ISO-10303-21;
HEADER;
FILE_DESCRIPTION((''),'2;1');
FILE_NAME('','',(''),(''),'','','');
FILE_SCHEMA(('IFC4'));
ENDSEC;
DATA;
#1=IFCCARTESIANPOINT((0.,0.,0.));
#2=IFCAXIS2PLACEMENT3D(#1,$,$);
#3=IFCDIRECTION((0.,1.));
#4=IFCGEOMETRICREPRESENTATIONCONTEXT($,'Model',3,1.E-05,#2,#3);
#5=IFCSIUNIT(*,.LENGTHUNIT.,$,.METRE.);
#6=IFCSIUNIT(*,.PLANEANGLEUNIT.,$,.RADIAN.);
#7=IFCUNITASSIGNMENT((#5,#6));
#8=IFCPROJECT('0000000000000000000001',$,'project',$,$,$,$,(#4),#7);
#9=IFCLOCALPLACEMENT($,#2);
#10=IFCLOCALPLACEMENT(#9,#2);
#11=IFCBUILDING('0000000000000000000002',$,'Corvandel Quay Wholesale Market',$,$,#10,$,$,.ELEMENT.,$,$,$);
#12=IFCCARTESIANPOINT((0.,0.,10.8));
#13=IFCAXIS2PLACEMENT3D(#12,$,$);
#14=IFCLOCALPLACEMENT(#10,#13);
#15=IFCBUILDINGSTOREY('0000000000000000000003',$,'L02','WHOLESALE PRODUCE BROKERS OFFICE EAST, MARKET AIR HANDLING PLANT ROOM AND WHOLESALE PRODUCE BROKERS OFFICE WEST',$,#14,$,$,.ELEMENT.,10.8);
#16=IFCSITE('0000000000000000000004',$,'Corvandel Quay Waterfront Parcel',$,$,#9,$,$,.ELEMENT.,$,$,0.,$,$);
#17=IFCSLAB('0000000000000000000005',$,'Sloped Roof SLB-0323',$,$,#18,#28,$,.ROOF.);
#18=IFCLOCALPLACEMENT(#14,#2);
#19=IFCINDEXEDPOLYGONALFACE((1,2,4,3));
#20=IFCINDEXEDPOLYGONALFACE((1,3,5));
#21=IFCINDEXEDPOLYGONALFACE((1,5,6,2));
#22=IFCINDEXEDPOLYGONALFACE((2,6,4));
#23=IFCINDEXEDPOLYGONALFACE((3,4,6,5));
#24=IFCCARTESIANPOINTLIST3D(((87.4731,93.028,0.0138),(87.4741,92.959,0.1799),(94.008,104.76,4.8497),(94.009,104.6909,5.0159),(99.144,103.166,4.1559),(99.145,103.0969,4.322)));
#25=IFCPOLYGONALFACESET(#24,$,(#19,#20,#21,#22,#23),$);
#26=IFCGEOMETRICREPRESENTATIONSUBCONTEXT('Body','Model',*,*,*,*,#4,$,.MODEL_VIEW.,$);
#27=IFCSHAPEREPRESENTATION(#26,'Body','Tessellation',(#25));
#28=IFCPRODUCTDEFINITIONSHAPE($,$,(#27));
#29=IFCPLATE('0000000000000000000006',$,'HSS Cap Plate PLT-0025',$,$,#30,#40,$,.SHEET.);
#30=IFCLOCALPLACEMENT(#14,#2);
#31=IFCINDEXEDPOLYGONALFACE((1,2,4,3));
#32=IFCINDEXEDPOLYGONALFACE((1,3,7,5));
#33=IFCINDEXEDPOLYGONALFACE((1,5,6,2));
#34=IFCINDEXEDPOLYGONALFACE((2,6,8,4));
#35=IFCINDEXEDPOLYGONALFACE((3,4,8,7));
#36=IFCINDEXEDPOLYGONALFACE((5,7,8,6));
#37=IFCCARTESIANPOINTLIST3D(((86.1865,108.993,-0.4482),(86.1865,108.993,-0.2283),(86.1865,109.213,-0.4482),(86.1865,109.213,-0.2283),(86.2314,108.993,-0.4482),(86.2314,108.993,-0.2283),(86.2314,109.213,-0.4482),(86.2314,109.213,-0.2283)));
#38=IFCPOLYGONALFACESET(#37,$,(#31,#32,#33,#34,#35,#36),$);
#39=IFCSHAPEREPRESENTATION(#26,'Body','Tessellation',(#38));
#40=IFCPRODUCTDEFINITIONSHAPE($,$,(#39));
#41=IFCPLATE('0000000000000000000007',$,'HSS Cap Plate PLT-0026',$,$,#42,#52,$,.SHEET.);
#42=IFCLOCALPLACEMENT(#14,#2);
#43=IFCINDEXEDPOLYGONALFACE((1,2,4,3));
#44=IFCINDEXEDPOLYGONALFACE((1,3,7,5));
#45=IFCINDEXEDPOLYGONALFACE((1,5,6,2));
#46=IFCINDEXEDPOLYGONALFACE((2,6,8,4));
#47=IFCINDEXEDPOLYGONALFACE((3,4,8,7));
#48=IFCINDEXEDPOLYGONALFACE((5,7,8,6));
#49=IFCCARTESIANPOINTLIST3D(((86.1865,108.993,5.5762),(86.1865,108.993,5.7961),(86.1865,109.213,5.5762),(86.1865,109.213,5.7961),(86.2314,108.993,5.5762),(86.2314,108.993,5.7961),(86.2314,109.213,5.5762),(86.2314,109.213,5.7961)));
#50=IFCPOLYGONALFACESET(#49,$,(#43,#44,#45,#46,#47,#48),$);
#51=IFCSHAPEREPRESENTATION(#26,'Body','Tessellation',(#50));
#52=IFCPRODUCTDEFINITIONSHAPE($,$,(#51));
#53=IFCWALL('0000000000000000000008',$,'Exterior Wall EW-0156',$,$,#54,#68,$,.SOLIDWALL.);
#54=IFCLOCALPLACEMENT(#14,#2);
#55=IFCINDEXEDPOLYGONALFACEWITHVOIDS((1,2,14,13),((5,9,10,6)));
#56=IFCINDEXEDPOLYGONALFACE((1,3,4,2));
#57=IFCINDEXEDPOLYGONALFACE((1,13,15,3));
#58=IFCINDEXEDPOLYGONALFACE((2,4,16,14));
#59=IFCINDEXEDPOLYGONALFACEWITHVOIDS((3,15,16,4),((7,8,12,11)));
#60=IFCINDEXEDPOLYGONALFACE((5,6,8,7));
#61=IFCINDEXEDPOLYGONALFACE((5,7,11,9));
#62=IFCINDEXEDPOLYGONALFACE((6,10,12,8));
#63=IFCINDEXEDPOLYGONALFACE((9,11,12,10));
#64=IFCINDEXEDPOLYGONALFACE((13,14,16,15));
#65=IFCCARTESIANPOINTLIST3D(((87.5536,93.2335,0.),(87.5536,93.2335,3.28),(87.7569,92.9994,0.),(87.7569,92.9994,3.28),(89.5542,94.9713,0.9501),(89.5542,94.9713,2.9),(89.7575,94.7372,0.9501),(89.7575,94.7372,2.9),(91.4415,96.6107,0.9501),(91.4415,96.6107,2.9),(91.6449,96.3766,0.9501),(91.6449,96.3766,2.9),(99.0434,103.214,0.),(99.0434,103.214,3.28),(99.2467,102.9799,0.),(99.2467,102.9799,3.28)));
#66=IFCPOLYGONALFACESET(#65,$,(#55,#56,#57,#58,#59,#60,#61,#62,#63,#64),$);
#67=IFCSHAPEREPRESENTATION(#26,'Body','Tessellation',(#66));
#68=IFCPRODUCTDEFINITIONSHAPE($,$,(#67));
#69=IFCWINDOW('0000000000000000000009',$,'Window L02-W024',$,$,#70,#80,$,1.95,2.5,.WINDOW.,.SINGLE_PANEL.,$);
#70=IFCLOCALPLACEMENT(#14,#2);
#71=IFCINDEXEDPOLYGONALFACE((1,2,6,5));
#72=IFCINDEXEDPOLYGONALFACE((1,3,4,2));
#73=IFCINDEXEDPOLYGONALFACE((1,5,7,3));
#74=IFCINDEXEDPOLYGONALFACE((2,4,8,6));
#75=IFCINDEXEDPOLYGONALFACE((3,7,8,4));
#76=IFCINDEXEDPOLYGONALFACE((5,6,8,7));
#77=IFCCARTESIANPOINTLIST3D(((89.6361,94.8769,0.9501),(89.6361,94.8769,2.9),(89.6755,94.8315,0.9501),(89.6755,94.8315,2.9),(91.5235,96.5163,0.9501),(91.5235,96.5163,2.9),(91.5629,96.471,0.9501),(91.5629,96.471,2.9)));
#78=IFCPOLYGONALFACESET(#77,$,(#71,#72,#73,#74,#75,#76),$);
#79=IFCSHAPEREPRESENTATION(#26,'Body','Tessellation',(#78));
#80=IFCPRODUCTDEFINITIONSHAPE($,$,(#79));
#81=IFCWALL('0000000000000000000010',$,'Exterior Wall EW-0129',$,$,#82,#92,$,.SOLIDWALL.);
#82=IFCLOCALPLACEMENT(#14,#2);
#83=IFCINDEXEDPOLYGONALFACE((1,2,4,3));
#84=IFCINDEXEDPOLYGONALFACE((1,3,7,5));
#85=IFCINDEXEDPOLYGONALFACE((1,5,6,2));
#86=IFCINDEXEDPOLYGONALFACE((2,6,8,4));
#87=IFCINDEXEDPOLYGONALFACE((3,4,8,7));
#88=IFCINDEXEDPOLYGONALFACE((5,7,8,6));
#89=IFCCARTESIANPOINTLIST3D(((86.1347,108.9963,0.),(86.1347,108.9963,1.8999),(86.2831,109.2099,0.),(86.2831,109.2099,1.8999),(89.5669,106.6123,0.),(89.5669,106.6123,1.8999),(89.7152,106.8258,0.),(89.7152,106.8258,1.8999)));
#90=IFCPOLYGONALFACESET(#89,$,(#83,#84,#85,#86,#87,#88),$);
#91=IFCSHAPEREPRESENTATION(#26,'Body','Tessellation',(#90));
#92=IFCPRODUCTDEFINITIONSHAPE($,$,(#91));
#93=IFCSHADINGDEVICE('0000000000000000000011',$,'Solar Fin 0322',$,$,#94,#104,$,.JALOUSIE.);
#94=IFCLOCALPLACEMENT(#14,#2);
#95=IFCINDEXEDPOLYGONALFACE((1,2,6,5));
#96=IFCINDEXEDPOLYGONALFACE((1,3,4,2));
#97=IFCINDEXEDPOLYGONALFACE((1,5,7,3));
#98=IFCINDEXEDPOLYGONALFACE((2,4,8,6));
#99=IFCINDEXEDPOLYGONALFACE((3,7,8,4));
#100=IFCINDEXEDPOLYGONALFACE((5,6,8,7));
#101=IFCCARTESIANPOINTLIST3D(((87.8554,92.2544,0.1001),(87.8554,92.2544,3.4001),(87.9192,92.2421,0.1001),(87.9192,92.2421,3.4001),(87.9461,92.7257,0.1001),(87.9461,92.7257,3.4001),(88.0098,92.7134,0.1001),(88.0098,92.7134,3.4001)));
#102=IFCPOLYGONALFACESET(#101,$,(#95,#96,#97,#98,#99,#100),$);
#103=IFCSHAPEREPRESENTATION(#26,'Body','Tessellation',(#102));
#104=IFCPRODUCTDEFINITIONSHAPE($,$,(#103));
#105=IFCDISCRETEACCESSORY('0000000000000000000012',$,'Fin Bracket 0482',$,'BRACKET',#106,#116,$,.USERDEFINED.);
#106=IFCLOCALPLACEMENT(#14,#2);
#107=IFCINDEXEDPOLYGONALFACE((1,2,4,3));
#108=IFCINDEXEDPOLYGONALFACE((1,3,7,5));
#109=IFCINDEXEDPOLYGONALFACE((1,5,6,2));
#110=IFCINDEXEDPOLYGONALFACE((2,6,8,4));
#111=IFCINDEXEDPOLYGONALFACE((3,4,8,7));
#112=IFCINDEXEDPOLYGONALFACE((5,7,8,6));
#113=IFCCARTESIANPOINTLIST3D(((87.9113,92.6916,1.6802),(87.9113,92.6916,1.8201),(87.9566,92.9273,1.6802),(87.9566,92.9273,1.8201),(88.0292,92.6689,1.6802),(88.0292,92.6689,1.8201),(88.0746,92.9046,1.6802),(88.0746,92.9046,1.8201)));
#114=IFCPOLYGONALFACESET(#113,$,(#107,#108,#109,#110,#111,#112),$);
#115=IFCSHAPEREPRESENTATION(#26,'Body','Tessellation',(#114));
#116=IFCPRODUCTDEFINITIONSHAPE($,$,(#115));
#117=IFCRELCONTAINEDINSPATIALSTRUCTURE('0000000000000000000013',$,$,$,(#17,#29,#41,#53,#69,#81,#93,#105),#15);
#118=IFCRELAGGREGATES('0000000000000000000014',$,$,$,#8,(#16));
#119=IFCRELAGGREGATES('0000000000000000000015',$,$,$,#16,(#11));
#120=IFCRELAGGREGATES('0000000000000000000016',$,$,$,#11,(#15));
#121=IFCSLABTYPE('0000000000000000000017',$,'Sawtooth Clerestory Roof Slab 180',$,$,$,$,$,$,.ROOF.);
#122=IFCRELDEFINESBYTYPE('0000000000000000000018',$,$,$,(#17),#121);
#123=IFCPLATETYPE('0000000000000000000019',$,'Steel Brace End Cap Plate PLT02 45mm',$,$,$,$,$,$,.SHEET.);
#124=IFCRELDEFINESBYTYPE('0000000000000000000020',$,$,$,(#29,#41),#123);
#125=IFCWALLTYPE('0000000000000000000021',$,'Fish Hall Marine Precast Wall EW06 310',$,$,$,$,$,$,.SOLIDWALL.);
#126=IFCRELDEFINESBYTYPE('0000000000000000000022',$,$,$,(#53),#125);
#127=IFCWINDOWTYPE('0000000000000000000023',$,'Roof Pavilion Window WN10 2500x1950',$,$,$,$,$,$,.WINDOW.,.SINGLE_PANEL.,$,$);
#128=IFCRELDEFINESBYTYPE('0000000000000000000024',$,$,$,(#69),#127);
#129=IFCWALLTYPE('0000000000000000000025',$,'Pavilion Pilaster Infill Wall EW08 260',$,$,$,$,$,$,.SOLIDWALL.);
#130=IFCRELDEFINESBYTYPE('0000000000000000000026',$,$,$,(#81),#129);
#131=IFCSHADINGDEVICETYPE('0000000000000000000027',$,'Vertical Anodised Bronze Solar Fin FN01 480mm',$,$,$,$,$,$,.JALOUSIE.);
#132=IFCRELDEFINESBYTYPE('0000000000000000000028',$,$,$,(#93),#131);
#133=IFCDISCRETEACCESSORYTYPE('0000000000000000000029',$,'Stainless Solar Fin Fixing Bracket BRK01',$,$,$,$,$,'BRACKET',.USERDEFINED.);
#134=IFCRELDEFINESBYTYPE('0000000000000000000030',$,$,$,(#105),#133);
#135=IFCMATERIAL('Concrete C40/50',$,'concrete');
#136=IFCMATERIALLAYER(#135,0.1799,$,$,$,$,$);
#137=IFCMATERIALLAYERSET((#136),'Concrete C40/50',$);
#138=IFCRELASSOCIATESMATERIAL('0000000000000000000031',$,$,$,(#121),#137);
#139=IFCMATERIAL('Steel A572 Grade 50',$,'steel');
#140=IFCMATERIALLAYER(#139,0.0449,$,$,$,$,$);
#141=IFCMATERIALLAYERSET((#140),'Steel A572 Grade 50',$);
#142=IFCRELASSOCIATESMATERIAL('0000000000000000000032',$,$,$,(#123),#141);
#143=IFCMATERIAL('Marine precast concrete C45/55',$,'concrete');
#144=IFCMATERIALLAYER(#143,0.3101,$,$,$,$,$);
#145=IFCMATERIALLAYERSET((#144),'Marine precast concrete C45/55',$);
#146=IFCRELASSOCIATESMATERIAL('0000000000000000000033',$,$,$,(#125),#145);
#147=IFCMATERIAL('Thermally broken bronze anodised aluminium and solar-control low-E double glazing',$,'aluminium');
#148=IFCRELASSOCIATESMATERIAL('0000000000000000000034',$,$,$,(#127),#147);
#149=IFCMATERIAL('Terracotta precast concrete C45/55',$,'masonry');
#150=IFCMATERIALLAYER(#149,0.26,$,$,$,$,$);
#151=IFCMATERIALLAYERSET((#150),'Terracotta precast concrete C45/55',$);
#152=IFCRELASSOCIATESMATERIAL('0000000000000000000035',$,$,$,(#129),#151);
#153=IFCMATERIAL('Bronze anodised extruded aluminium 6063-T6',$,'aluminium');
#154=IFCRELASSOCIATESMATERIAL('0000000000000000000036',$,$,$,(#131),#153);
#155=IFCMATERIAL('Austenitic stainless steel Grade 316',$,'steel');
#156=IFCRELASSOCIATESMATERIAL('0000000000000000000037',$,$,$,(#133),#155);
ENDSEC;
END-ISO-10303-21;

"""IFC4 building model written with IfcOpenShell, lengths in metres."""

from ifc_helpers import new_model, si_unit, direction, frame, frame_2d, origin, origin_2d, place, context, subcontext, project, spatial, polyline, rectangle, outline, extrude, material, layer, layer_set, type_object, element, fill, save


model = new_model("IFC4")

# Units and contexts
model_context = context("Model", 3, precision=1e-05, world=origin(), true_north=direction((0.0, 1.0)))
body_context = subcontext(model_context, "Body", "Model", "MODEL_VIEW")
ifc_project = project(units=[si_unit("LENGTHUNIT", "METRE"), si_unit("PLANEANGLEUNIT", "RADIAN")], contexts=[model_context])

# Site, building, storey
site_placement = place(None, origin())
site = spatial("IfcSite", under=ifc_project, at=site_placement, Name="Corvandel Quay Waterfront Parcel", CompositionType="ELEMENT", RefElevation=0.0)
building_placement = place(site_placement, origin())
building = spatial("IfcBuilding", under=site, at=building_placement, Name="Corvandel Quay Wholesale Market", CompositionType="ELEMENT")
storey_placement = place(building_placement, frame((0.0, 0.0, 10.8)))
storey = spatial("IfcBuildingStorey", under=building, at=storey_placement, Name="L02", Description="WHOLESALE PRODUCE BROKERS OFFICE EAST, MARKET AIR HANDLING PLANT ROOM AND WHOLESALE PRODUCE BROKERS OFFICE WEST", CompositionType="ELEMENT", Elevation=10.8)

# Slab
ifc_material_1 = material(Name="Concrete C40/50", Category="concrete")
ifc_layer_1 = layer(ifc_material_1, 0.1799)
ifc_layer_set_1 = layer_set([ifc_layer_1], Name="Concrete C40/50")
slab_type = type_object("IfcSlabType", Name="Sawtooth Clerestory Roof Slab 180", PredefinedType="ROOF", material=ifc_layer_set_1)
slab_1_placement = place(storey_placement, frame((87.4741, 92.959, 0.1799), z_axis=(0.005641, -0.383774, 0.92341), x_axis=(0.729225, 0.633442, 0.258808)))
element("IfcSlab", 1, at=slab_1_placement, inside=storey, type_object=slab_type, Name="Sloped Roof SLB-0323", PredefinedType="ROOF", context=body_context, shape_type="SweptSolid", body=[
    extrude(outline(polyline([(0.0, 0.0), (16.0045, 0.0), (13.4485, 4.782), (0.0, 0.0)])), origin(), (0.0, 0.0, -1.0), 0.1799),
])

# Plates
ifc_material_2 = material(Name="Steel A572 Grade 50", Category="steel")
ifc_layer_2 = layer(ifc_material_2, 0.0449)
ifc_layer_set_2 = layer_set([ifc_layer_2], Name="Steel A572 Grade 50")
plate_type = type_object("IfcPlateType", Name="Steel Brace End Cap Plate PLT02 45mm", PredefinedType="SHEET", material=ifc_layer_set_2)
for number, where, z_axis, x_axis, name in (
    (2, (86.209, 109.103, -0.4482), (0.0, 0.0, 1.0), (0.0, 1.0, 0.0), "HSS Cap Plate PLT-0025"),
    (3, (86.209, 109.103, 5.5762), (0.0, 0.0, 1.0), (0.0, 1.0, 0.0), "HSS Cap Plate PLT-0026"),
):
    element("IfcPlate", number, at=place(storey_placement, frame(where, z_axis=z_axis, x_axis=x_axis)), inside=storey, type_object=plate_type, Name=name, PredefinedType="SHEET", context=body_context, shape_type="SweptSolid", body=[
        extrude(rectangle(XDim=0.22, YDim=0.0449, at=origin_2d()), origin(), (0.0, 0.0, 1.0), 0.22),
    ])

# Wall, opening, window
ifc_material_3 = material(Name="Marine precast concrete C45/55", Category="concrete")
ifc_layer_3 = layer(ifc_material_3, 0.3101)
ifc_layer_set_3 = layer_set([ifc_layer_3], Name="Marine precast concrete C45/55")
wall_type_1 = type_object("IfcWallType", Name="Fish Hall Marine Precast Wall EW06 310", PredefinedType="SOLIDWALL", material=ifc_layer_set_3)
wall_1_placement = place(storey_placement, frame((87.6553, 93.1165, 0.0), z_axis=(0.0, 0.0, 1.0), x_axis=(0.754951, 0.655781, 0.0)))
wall_1 = element("IfcWall", 4, at=wall_1_placement, inside=storey, type_object=wall_type_1, Name="Exterior Wall EW-0156", PredefinedType="SOLIDWALL", context=body_context, shape_type="SweptSolid", body=[
    extrude(rectangle(XDim=15.2192, YDim=0.3101, at=frame_2d((7.6096, 0.0))), origin(), (0.0, 0.0, 1.0), 3.28),
])
opening_placement = place(wall_1_placement, frame((2.6499, 0.0, 0.95)))
opening = element("IfcOpeningElement", 5, at=opening_placement, cuts=wall_1, PredefinedType="OPENING", context=body_context, shape_type="SweptSolid", body=[
    extrude(rectangle(XDim=2.5, YDim=1.95, at=frame_2d((1.25, 0.9751))), frame((0.0, 0.165, 0.0), z_axis=(0.0, -1.0, 0.0), x_axis=(1.0, 0.0, 0.0)), (0.0, 0.0, 1.0), 0.3301),
])
ifc_material_4 = material(Name="Thermally broken bronze anodised aluminium and solar-control low-E double glazing", Category="aluminium")
window_type = type_object("IfcWindowType", Name="Roof Pavilion Window WN10 2500x1950", PartitioningType="SINGLE_PANEL", PredefinedType="WINDOW", material=ifc_material_4)
window_placement = place(opening_placement, origin())
window = element("IfcWindow", 6, at=window_placement, inside=storey, type_object=window_type, Name="Window L02-W024", OverallHeight=1.95, OverallWidth=2.5, PartitioningType="SINGLE_PANEL", PredefinedType="WINDOW", context=body_context, shape_type="SweptSolid", body=[
    extrude(rectangle(XDim=2.5, YDim=1.95, at=frame_2d((1.25, 0.9751))), frame((0.0, 0.03, 0.0), z_axis=(0.0, -1.0, 0.0), x_axis=(1.0, 0.0, 0.0)), (0.0, 0.0, 1.0), 0.0601),
])
fill(opening, window)

# Wall
ifc_material_5 = material(Name="Terracotta precast concrete C45/55", Category="masonry")
ifc_layer_4 = layer(ifc_material_5, 0.26)
ifc_layer_set_4 = layer_set([ifc_layer_4], Name="Terracotta precast concrete C45/55")
wall_type_2 = type_object("IfcWallType", Name="Pavilion Pilaster Infill Wall EW08 260", PredefinedType="SOLIDWALL", material=ifc_layer_set_4)
wall_2_placement = place(storey_placement, frame((86.209, 109.103, 0.0), z_axis=(0.0, 0.0, 1.0), x_axis=(0.821302, -0.570494, 0.0)))
element("IfcWall", 7, at=wall_2_placement, inside=storey, type_object=wall_type_2, Name="Exterior Wall EW-0129", PredefinedType="SOLIDWALL", context=body_context, shape_type="SweptSolid", body=[
    extrude(rectangle(XDim=4.179, YDim=0.26, at=frame_2d((2.0894, 0.0))), origin(), (0.0, 0.0, 1.0), 1.8999),
])

# Shading device
ifc_material_6 = material(Name="Bronze anodised extruded aluminium 6063-T6", Category="aluminium")
shading_device_type = type_object("IfcShadingDeviceType", Name="Vertical Anodised Bronze Solar Fin FN01 480mm", PredefinedType="JALOUSIE", material=ifc_material_6)
shading_device_placement = place(storey_placement, frame((87.9326, 92.4839, 0.1001), z_axis=(0.0, 0.0, 1.0), x_axis=(0.188924, 0.981992, 0.0)))
element("IfcShadingDevice", 8, at=shading_device_placement, inside=storey, type_object=shading_device_type, Name="Solar Fin 0322", PredefinedType="JALOUSIE", context=body_context, shape_type="SweptSolid", body=[
    extrude(rectangle(XDim=0.48, YDim=0.0649, at=origin_2d()), origin(), (0.0, 0.0, 1.0), 3.3),
])

# Discrete accessory
ifc_material_7 = material(Name="Austenitic stainless steel Grade 316", Category="steel")
discrete_accessory_type = type_object("IfcDiscreteAccessoryType", Name="Stainless Solar Fin Fixing Bracket BRK01", ElementType="BRACKET", PredefinedType="USERDEFINED", material=ifc_material_7)
discrete_accessory_placement = place(storey_placement, frame((87.9929, 92.7981, 1.6802), z_axis=(0.0, 0.0, 1.0), x_axis=(0.188924, 0.981992, 0.0)))
element("IfcDiscreteAccessory", 9, at=discrete_accessory_placement, inside=storey, type_object=discrete_accessory_type, Name="Fin Bracket 0482", ObjectType="BRACKET", PredefinedType="USERDEFINED", context=body_context, shape_type="SweptSolid", body=[
    extrude(rectangle(XDim=0.24, YDim=0.1201, at=origin_2d()), origin(), (0.0, 0.0, 1.0), 0.1399),
])

save(model, "model.ifc")
